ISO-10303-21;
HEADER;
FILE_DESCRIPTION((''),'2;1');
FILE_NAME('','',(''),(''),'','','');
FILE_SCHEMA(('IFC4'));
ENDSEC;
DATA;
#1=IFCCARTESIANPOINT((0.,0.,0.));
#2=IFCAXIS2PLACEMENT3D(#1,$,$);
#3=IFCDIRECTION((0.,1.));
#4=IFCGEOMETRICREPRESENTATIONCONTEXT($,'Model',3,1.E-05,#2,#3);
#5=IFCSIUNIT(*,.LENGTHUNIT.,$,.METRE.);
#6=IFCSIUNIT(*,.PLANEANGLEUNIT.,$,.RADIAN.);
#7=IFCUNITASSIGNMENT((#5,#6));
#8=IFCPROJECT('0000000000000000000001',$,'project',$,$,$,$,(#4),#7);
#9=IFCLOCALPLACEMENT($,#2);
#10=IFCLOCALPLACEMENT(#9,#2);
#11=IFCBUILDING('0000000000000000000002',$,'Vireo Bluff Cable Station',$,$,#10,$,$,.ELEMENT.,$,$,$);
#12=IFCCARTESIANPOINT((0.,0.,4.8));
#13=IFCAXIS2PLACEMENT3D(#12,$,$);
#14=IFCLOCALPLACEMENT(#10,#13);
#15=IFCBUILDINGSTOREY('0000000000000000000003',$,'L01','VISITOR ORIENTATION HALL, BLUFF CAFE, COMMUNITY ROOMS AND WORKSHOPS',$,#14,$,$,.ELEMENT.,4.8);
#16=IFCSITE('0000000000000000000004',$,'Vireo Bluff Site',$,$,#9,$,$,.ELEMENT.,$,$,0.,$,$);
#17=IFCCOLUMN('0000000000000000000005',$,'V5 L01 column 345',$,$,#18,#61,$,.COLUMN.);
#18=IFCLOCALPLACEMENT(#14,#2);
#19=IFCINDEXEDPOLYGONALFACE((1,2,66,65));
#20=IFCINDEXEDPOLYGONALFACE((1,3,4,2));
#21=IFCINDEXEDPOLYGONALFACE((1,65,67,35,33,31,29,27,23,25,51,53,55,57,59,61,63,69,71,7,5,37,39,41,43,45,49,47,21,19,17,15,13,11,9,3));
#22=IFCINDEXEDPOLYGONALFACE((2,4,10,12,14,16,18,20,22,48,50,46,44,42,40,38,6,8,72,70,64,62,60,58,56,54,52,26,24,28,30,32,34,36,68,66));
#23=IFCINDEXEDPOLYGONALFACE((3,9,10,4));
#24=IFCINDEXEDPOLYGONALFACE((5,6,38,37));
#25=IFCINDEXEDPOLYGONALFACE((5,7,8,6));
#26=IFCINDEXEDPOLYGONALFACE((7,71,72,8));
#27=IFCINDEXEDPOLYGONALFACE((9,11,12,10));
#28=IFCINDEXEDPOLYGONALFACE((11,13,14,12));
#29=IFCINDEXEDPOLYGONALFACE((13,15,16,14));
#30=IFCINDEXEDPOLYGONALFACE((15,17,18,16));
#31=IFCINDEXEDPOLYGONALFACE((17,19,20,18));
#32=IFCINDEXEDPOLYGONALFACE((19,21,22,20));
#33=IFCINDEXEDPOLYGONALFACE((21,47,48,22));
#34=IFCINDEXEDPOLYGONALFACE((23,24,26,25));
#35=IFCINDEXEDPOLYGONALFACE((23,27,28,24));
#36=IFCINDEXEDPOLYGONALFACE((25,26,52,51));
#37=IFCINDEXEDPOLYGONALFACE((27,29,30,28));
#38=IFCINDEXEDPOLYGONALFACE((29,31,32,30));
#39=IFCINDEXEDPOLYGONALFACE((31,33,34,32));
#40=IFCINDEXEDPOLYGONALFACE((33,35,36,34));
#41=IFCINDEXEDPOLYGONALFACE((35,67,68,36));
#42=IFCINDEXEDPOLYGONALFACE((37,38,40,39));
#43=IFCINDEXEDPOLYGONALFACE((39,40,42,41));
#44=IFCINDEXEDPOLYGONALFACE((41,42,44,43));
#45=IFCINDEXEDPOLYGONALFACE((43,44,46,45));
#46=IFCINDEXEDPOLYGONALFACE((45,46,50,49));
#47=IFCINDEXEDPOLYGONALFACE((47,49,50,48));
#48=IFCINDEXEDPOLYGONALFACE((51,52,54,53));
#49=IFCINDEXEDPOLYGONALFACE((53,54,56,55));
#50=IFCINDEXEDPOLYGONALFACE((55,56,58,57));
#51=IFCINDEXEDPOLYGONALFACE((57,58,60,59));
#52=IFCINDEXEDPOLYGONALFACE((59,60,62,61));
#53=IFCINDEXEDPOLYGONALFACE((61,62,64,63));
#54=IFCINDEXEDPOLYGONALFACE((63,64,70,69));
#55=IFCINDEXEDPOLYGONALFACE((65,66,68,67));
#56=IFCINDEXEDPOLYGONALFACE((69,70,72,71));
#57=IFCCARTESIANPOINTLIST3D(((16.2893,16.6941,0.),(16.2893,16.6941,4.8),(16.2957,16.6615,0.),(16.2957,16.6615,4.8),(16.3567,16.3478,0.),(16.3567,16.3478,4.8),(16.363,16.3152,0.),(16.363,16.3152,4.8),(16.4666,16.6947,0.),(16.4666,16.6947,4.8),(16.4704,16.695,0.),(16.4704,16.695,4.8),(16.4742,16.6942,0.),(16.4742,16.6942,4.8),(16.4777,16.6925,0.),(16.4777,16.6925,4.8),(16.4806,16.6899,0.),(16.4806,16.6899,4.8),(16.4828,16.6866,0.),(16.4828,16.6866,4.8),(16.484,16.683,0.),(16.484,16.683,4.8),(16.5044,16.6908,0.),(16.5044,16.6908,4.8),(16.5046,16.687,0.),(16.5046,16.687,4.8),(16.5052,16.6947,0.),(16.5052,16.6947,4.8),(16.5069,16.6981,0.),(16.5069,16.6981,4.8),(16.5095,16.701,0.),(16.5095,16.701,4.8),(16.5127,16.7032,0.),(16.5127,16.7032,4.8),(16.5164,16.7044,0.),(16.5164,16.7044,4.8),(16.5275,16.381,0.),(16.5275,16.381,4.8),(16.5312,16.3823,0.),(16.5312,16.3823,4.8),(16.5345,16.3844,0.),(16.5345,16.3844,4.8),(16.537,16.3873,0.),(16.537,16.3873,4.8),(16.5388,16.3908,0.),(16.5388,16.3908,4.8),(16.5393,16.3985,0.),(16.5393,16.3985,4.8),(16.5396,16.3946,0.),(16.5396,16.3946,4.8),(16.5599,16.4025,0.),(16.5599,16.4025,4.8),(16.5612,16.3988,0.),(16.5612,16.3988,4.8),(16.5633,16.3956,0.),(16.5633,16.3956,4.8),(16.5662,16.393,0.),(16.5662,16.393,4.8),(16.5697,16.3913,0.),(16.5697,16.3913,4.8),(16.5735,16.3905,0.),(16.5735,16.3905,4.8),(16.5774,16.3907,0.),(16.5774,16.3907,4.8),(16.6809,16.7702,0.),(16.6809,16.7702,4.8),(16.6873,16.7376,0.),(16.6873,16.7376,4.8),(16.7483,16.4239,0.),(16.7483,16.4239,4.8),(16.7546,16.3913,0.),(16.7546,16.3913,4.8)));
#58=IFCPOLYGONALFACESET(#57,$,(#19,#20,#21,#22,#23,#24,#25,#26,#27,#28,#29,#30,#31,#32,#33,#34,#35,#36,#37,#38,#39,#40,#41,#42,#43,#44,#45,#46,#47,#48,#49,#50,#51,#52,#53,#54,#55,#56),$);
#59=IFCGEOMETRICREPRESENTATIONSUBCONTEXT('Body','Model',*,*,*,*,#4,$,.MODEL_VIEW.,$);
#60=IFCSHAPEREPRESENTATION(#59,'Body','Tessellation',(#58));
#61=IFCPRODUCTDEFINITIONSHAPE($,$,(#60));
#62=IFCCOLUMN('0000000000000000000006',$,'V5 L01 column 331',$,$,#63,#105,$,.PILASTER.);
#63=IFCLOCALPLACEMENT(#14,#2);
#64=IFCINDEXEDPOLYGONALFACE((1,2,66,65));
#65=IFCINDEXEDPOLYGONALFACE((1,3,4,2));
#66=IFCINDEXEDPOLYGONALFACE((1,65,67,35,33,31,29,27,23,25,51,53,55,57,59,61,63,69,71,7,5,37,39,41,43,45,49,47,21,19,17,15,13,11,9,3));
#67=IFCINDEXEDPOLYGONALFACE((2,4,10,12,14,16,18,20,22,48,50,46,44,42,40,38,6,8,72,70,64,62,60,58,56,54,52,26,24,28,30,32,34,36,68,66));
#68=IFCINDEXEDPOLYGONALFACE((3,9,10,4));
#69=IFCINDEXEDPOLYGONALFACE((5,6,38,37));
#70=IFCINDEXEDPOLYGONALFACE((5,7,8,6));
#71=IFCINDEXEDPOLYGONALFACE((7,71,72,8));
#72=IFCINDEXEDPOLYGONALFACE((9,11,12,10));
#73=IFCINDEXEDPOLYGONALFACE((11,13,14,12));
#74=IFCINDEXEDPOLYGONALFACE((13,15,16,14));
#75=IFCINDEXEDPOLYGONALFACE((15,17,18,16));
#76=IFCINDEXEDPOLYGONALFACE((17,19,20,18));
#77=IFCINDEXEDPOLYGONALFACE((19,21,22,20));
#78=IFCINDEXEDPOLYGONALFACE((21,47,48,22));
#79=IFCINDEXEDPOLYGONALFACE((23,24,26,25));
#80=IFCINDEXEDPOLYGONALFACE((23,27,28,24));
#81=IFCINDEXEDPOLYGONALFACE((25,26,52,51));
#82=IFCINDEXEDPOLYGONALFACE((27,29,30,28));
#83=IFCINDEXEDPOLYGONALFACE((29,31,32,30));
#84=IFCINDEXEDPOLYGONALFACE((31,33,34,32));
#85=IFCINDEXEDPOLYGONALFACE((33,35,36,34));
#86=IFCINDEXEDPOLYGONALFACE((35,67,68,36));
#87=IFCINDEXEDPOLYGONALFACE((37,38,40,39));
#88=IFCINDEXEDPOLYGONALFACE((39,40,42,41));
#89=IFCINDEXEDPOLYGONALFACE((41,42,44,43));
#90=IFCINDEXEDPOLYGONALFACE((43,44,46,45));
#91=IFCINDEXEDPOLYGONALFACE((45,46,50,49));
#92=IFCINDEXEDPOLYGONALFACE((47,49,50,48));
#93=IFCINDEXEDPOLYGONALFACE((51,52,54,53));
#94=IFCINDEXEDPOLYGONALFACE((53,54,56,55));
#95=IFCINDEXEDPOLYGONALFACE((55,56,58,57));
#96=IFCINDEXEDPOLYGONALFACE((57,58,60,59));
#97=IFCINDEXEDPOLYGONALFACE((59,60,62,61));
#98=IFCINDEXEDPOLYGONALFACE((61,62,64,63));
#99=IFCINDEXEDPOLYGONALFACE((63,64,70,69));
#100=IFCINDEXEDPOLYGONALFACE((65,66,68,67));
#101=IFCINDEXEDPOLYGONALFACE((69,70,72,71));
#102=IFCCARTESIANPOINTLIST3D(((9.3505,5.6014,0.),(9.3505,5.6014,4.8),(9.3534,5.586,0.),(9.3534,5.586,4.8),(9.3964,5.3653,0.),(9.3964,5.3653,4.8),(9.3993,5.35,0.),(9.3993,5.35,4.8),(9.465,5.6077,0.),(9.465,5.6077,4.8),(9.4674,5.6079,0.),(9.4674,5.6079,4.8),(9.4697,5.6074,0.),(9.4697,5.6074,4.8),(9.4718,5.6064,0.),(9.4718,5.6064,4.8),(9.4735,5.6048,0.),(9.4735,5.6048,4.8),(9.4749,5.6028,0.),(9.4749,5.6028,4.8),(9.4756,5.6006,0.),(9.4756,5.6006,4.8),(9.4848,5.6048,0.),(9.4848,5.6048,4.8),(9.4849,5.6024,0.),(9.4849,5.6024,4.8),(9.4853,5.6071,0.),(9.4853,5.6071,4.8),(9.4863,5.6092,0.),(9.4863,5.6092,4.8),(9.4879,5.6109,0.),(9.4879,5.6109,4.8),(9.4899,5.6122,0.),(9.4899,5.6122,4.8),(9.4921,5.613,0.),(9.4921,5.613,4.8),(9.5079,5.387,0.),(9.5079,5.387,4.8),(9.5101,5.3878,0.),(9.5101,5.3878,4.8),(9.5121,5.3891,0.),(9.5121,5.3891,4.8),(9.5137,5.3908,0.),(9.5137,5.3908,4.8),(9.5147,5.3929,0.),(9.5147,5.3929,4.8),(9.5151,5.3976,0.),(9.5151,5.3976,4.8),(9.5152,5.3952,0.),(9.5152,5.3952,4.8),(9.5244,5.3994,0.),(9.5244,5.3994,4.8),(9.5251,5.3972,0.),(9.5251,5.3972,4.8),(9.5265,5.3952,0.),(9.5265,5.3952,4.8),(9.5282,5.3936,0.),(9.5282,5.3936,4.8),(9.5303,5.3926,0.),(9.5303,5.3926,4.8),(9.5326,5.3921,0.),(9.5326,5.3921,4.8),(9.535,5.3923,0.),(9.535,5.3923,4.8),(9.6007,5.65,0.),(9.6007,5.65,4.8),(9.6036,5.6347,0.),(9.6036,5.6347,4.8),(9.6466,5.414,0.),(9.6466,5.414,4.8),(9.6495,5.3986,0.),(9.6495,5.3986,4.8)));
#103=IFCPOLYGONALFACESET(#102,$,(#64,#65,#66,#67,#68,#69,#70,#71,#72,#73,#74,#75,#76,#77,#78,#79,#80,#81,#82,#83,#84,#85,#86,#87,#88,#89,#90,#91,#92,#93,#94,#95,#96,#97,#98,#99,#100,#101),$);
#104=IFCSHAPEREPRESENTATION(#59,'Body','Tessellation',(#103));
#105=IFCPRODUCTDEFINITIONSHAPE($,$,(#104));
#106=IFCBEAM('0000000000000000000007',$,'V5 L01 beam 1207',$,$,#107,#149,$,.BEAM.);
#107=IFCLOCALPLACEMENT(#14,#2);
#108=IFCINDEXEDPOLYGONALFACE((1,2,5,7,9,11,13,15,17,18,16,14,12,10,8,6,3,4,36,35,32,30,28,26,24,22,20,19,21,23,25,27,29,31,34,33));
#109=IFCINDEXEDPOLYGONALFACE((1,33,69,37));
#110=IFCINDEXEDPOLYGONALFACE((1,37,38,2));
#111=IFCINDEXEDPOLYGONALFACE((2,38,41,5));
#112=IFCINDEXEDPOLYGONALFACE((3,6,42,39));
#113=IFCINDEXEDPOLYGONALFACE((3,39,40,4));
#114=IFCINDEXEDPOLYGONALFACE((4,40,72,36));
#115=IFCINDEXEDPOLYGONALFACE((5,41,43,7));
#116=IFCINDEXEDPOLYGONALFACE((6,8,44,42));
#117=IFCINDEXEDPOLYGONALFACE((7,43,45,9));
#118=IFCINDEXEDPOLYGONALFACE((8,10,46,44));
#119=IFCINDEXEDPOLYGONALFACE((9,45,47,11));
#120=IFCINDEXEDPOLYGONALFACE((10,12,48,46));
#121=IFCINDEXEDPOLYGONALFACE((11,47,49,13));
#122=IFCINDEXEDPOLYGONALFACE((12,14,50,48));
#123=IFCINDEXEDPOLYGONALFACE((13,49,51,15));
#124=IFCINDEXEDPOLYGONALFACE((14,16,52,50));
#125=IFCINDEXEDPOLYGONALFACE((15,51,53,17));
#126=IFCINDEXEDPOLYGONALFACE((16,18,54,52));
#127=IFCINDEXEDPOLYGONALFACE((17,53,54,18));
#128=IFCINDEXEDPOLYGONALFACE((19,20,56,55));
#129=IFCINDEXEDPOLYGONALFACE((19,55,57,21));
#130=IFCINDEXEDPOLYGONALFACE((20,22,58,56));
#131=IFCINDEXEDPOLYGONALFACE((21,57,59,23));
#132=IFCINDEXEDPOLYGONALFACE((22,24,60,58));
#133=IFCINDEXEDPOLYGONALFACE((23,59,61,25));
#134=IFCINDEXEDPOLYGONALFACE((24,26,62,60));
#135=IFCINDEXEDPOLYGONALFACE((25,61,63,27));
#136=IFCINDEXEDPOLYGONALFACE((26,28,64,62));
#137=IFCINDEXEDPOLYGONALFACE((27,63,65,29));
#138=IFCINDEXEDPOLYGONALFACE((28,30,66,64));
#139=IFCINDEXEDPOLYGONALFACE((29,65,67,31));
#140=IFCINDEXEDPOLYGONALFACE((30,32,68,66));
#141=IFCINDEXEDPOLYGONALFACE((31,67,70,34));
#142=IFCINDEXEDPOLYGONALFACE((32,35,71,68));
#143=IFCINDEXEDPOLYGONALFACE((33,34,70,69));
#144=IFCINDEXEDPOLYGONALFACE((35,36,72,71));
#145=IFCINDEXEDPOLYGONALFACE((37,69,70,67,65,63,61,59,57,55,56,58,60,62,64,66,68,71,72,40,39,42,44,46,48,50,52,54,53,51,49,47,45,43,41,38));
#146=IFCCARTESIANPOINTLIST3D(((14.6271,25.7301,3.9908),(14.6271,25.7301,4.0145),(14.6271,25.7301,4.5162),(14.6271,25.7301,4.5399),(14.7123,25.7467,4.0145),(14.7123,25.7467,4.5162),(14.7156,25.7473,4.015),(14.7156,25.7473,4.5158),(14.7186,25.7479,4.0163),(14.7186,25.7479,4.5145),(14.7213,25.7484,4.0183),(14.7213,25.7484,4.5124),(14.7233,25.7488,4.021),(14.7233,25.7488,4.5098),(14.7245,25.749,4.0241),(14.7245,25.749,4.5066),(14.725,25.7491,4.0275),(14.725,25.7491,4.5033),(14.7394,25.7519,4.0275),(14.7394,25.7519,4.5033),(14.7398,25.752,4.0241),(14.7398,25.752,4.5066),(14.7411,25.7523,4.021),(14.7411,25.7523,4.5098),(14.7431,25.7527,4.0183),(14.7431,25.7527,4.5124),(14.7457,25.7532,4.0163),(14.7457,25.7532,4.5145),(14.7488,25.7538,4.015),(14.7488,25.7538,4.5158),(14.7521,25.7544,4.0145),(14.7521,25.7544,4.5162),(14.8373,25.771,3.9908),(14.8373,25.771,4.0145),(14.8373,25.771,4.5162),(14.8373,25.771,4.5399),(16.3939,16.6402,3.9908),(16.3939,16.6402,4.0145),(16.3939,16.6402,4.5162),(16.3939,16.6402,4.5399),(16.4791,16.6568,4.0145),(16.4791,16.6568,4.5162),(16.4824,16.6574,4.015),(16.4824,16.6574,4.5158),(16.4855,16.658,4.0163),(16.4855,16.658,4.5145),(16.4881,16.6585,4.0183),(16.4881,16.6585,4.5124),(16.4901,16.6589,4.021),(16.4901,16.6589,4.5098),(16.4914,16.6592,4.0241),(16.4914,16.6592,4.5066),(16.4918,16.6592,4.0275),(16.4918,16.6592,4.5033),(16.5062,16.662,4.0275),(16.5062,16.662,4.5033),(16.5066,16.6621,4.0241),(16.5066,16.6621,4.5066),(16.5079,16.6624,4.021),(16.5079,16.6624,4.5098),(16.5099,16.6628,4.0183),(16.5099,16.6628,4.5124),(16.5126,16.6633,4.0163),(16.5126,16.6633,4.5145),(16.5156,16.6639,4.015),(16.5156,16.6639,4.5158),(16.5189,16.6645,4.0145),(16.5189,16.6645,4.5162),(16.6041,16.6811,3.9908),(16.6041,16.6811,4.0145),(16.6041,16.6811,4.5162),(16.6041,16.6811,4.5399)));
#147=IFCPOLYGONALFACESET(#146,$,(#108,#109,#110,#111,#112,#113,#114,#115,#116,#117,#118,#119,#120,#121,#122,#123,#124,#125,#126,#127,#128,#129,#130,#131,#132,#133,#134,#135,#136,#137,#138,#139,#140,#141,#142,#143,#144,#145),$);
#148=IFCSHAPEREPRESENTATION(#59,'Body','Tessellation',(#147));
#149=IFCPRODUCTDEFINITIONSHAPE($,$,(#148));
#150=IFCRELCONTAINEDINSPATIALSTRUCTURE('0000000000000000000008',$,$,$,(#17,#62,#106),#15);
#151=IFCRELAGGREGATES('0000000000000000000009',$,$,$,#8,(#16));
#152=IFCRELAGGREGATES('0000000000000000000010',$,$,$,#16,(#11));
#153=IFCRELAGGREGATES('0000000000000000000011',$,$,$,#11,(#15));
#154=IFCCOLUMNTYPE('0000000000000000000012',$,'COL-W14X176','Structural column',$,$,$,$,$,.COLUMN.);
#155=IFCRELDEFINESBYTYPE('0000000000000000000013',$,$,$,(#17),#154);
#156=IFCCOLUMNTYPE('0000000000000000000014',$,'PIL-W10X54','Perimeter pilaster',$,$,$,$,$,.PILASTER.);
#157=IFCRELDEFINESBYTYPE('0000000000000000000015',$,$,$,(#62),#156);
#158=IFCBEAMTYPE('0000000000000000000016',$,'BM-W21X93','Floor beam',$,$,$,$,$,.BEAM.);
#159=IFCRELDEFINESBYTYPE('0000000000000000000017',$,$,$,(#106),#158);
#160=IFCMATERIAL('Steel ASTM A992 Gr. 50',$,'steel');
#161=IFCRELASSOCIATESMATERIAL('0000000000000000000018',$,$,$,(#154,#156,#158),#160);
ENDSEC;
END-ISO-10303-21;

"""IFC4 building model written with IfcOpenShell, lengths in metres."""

from ifc_helpers import new_model, si_unit, direction, frame, origin, origin_2d, place, context, subcontext, project, spatial, i_section, extrude, material, material_profile, profile_set, type_object, element, save


model = new_model("IFC4")

# Units and contexts
model_context = context("Model", 3, precision=1e-05, world=origin(), true_north=direction((0.0, 1.0)))
body_context = subcontext(model_context, "Body", "Model", "MODEL_VIEW")
ifc_project = project(units=[si_unit("LENGTHUNIT", "METRE"), si_unit("PLANEANGLEUNIT", "RADIAN")], contexts=[model_context])

# Site, building, storey
site_placement = place(None, origin())
site = spatial("IfcSite", under=ifc_project, at=site_placement, Name="Vireo Bluff Site", CompositionType="ELEMENT", RefElevation=0.0)
building_placement = place(site_placement, origin())
building = spatial("IfcBuilding", under=site, at=building_placement, Name="Vireo Bluff Cable Station", CompositionType="ELEMENT")
storey_placement = place(building_placement, frame((0.0, 0.0, 4.8)))
storey = spatial("IfcBuildingStorey", under=building, at=storey_placement, Name="L01", Description="VISITOR ORIENTATION HALL, BLUFF CAFE, COMMUNITY ROOMS AND WORKSHOPS", CompositionType="ELEMENT", Elevation=4.8)

# Columns
ifc_material_1 = material(Name="Steel ASTM A992 Gr. 50", Category="steel")
ifc_material_profile_1 = material_profile(ifc_material_1, i_section(OverallWidth=0.3989, OverallDepth=0.386, WebThickness=0.021, FlangeThickness=0.0332, FilletRadius=0.0149, at=origin_2d()), Name="W14X176")
ifc_profile_set_1 = profile_set([ifc_material_profile_1], Name="Steel ASTM A992 Gr. 50")
column_type_1 = type_object("IfcColumnType", Name="COL-W14X176", Description="Structural column", PredefinedType="COLUMN", material=ifc_profile_set_1)
column_1_placement = place(storey_placement, frame((16.522, 16.5427, 0.0), z_axis=(0.0, 0.0, 1.0), x_axis=(0.981627, 0.190809, 0.0)))
element("IfcColumn", 1, at=column_1_placement, inside=storey, type_object=column_type_1, Name="V5 L01 column 345", PredefinedType="COLUMN", context=body_context, shape_type="SweptSolid", body=[
    extrude(i_section(OverallWidth=0.3989, OverallDepth=0.386, WebThickness=0.021, FlangeThickness=0.0332, FilletRadius=0.0149, at=origin_2d()), origin(), (0.0, 0.0, 1.0), 4.8),
])
ifc_material_profile_2 = material_profile(ifc_material_1, i_section(OverallWidth=0.2549, OverallDepth=0.2561, WebThickness=0.0095, FlangeThickness=0.0156, FilletRadius=0.009, at=origin_2d()), Name="W10X54")
ifc_profile_set_2 = profile_set([ifc_material_profile_2], Name="Steel ASTM A992 Gr. 50")
column_type_2 = type_object("IfcColumnType", Name="PIL-W10X54", Description="Perimeter pilaster", PredefinedType="PILASTER", material=ifc_profile_set_2)
column_2_placement = place(storey_placement, frame((9.5, 5.5, 0.0), z_axis=(0.0, 0.0, 1.0), x_axis=(0.981627, 0.190809, 0.0)))
element("IfcColumn", 2, at=column_2_placement, inside=storey, type_object=column_type_2, Name="V5 L01 column 331", PredefinedType="PILASTER", context=body_context, shape_type="SweptSolid", body=[
    extrude(i_section(OverallWidth=0.2549, OverallDepth=0.2561, WebThickness=0.0095, FlangeThickness=0.0156, FilletRadius=0.009, at=origin_2d()), origin(), (0.0, 0.0, 1.0), 4.8),
])

# Beam
ifc_material_profile_3 = material_profile(ifc_material_1, i_section(OverallWidth=0.2141, OverallDepth=0.5491, WebThickness=0.0146, FlangeThickness=0.0237, FilletRadius=0.0129, at=origin_2d()), Name="W21X93")
ifc_profile_set_3 = profile_set([ifc_material_profile_3], Name="Steel ASTM A992 Gr. 50")
beam_type_1 = type_object("IfcBeamType", Name="BM-W21X93", Description="Floor beam", PredefinedType="BEAM", material=ifc_profile_set_3)
beam_1_placement = place(storey_placement, frame((16.499, 16.6606, 4.2654), z_axis=(-0.190805, 0.981628, 0.0), x_axis=(-0.981628, -0.190805, 0.0)))
element("IfcBeam", 3, at=beam_1_placement, inside=storey, type_object=beam_type_1, Name="V5 L01 beam 1207", PredefinedType="BEAM", context=body_context, shape_type="SweptSolid", body=[
    extrude(i_section(OverallWidth=0.2141, OverallDepth=0.5491, WebThickness=0.0146, FlangeThickness=0.0237, FilletRadius=0.0129, at=origin_2d()), origin(), (0.0, 0.0, 1.0), 9.26),
])

save(model, "model.ifc")
